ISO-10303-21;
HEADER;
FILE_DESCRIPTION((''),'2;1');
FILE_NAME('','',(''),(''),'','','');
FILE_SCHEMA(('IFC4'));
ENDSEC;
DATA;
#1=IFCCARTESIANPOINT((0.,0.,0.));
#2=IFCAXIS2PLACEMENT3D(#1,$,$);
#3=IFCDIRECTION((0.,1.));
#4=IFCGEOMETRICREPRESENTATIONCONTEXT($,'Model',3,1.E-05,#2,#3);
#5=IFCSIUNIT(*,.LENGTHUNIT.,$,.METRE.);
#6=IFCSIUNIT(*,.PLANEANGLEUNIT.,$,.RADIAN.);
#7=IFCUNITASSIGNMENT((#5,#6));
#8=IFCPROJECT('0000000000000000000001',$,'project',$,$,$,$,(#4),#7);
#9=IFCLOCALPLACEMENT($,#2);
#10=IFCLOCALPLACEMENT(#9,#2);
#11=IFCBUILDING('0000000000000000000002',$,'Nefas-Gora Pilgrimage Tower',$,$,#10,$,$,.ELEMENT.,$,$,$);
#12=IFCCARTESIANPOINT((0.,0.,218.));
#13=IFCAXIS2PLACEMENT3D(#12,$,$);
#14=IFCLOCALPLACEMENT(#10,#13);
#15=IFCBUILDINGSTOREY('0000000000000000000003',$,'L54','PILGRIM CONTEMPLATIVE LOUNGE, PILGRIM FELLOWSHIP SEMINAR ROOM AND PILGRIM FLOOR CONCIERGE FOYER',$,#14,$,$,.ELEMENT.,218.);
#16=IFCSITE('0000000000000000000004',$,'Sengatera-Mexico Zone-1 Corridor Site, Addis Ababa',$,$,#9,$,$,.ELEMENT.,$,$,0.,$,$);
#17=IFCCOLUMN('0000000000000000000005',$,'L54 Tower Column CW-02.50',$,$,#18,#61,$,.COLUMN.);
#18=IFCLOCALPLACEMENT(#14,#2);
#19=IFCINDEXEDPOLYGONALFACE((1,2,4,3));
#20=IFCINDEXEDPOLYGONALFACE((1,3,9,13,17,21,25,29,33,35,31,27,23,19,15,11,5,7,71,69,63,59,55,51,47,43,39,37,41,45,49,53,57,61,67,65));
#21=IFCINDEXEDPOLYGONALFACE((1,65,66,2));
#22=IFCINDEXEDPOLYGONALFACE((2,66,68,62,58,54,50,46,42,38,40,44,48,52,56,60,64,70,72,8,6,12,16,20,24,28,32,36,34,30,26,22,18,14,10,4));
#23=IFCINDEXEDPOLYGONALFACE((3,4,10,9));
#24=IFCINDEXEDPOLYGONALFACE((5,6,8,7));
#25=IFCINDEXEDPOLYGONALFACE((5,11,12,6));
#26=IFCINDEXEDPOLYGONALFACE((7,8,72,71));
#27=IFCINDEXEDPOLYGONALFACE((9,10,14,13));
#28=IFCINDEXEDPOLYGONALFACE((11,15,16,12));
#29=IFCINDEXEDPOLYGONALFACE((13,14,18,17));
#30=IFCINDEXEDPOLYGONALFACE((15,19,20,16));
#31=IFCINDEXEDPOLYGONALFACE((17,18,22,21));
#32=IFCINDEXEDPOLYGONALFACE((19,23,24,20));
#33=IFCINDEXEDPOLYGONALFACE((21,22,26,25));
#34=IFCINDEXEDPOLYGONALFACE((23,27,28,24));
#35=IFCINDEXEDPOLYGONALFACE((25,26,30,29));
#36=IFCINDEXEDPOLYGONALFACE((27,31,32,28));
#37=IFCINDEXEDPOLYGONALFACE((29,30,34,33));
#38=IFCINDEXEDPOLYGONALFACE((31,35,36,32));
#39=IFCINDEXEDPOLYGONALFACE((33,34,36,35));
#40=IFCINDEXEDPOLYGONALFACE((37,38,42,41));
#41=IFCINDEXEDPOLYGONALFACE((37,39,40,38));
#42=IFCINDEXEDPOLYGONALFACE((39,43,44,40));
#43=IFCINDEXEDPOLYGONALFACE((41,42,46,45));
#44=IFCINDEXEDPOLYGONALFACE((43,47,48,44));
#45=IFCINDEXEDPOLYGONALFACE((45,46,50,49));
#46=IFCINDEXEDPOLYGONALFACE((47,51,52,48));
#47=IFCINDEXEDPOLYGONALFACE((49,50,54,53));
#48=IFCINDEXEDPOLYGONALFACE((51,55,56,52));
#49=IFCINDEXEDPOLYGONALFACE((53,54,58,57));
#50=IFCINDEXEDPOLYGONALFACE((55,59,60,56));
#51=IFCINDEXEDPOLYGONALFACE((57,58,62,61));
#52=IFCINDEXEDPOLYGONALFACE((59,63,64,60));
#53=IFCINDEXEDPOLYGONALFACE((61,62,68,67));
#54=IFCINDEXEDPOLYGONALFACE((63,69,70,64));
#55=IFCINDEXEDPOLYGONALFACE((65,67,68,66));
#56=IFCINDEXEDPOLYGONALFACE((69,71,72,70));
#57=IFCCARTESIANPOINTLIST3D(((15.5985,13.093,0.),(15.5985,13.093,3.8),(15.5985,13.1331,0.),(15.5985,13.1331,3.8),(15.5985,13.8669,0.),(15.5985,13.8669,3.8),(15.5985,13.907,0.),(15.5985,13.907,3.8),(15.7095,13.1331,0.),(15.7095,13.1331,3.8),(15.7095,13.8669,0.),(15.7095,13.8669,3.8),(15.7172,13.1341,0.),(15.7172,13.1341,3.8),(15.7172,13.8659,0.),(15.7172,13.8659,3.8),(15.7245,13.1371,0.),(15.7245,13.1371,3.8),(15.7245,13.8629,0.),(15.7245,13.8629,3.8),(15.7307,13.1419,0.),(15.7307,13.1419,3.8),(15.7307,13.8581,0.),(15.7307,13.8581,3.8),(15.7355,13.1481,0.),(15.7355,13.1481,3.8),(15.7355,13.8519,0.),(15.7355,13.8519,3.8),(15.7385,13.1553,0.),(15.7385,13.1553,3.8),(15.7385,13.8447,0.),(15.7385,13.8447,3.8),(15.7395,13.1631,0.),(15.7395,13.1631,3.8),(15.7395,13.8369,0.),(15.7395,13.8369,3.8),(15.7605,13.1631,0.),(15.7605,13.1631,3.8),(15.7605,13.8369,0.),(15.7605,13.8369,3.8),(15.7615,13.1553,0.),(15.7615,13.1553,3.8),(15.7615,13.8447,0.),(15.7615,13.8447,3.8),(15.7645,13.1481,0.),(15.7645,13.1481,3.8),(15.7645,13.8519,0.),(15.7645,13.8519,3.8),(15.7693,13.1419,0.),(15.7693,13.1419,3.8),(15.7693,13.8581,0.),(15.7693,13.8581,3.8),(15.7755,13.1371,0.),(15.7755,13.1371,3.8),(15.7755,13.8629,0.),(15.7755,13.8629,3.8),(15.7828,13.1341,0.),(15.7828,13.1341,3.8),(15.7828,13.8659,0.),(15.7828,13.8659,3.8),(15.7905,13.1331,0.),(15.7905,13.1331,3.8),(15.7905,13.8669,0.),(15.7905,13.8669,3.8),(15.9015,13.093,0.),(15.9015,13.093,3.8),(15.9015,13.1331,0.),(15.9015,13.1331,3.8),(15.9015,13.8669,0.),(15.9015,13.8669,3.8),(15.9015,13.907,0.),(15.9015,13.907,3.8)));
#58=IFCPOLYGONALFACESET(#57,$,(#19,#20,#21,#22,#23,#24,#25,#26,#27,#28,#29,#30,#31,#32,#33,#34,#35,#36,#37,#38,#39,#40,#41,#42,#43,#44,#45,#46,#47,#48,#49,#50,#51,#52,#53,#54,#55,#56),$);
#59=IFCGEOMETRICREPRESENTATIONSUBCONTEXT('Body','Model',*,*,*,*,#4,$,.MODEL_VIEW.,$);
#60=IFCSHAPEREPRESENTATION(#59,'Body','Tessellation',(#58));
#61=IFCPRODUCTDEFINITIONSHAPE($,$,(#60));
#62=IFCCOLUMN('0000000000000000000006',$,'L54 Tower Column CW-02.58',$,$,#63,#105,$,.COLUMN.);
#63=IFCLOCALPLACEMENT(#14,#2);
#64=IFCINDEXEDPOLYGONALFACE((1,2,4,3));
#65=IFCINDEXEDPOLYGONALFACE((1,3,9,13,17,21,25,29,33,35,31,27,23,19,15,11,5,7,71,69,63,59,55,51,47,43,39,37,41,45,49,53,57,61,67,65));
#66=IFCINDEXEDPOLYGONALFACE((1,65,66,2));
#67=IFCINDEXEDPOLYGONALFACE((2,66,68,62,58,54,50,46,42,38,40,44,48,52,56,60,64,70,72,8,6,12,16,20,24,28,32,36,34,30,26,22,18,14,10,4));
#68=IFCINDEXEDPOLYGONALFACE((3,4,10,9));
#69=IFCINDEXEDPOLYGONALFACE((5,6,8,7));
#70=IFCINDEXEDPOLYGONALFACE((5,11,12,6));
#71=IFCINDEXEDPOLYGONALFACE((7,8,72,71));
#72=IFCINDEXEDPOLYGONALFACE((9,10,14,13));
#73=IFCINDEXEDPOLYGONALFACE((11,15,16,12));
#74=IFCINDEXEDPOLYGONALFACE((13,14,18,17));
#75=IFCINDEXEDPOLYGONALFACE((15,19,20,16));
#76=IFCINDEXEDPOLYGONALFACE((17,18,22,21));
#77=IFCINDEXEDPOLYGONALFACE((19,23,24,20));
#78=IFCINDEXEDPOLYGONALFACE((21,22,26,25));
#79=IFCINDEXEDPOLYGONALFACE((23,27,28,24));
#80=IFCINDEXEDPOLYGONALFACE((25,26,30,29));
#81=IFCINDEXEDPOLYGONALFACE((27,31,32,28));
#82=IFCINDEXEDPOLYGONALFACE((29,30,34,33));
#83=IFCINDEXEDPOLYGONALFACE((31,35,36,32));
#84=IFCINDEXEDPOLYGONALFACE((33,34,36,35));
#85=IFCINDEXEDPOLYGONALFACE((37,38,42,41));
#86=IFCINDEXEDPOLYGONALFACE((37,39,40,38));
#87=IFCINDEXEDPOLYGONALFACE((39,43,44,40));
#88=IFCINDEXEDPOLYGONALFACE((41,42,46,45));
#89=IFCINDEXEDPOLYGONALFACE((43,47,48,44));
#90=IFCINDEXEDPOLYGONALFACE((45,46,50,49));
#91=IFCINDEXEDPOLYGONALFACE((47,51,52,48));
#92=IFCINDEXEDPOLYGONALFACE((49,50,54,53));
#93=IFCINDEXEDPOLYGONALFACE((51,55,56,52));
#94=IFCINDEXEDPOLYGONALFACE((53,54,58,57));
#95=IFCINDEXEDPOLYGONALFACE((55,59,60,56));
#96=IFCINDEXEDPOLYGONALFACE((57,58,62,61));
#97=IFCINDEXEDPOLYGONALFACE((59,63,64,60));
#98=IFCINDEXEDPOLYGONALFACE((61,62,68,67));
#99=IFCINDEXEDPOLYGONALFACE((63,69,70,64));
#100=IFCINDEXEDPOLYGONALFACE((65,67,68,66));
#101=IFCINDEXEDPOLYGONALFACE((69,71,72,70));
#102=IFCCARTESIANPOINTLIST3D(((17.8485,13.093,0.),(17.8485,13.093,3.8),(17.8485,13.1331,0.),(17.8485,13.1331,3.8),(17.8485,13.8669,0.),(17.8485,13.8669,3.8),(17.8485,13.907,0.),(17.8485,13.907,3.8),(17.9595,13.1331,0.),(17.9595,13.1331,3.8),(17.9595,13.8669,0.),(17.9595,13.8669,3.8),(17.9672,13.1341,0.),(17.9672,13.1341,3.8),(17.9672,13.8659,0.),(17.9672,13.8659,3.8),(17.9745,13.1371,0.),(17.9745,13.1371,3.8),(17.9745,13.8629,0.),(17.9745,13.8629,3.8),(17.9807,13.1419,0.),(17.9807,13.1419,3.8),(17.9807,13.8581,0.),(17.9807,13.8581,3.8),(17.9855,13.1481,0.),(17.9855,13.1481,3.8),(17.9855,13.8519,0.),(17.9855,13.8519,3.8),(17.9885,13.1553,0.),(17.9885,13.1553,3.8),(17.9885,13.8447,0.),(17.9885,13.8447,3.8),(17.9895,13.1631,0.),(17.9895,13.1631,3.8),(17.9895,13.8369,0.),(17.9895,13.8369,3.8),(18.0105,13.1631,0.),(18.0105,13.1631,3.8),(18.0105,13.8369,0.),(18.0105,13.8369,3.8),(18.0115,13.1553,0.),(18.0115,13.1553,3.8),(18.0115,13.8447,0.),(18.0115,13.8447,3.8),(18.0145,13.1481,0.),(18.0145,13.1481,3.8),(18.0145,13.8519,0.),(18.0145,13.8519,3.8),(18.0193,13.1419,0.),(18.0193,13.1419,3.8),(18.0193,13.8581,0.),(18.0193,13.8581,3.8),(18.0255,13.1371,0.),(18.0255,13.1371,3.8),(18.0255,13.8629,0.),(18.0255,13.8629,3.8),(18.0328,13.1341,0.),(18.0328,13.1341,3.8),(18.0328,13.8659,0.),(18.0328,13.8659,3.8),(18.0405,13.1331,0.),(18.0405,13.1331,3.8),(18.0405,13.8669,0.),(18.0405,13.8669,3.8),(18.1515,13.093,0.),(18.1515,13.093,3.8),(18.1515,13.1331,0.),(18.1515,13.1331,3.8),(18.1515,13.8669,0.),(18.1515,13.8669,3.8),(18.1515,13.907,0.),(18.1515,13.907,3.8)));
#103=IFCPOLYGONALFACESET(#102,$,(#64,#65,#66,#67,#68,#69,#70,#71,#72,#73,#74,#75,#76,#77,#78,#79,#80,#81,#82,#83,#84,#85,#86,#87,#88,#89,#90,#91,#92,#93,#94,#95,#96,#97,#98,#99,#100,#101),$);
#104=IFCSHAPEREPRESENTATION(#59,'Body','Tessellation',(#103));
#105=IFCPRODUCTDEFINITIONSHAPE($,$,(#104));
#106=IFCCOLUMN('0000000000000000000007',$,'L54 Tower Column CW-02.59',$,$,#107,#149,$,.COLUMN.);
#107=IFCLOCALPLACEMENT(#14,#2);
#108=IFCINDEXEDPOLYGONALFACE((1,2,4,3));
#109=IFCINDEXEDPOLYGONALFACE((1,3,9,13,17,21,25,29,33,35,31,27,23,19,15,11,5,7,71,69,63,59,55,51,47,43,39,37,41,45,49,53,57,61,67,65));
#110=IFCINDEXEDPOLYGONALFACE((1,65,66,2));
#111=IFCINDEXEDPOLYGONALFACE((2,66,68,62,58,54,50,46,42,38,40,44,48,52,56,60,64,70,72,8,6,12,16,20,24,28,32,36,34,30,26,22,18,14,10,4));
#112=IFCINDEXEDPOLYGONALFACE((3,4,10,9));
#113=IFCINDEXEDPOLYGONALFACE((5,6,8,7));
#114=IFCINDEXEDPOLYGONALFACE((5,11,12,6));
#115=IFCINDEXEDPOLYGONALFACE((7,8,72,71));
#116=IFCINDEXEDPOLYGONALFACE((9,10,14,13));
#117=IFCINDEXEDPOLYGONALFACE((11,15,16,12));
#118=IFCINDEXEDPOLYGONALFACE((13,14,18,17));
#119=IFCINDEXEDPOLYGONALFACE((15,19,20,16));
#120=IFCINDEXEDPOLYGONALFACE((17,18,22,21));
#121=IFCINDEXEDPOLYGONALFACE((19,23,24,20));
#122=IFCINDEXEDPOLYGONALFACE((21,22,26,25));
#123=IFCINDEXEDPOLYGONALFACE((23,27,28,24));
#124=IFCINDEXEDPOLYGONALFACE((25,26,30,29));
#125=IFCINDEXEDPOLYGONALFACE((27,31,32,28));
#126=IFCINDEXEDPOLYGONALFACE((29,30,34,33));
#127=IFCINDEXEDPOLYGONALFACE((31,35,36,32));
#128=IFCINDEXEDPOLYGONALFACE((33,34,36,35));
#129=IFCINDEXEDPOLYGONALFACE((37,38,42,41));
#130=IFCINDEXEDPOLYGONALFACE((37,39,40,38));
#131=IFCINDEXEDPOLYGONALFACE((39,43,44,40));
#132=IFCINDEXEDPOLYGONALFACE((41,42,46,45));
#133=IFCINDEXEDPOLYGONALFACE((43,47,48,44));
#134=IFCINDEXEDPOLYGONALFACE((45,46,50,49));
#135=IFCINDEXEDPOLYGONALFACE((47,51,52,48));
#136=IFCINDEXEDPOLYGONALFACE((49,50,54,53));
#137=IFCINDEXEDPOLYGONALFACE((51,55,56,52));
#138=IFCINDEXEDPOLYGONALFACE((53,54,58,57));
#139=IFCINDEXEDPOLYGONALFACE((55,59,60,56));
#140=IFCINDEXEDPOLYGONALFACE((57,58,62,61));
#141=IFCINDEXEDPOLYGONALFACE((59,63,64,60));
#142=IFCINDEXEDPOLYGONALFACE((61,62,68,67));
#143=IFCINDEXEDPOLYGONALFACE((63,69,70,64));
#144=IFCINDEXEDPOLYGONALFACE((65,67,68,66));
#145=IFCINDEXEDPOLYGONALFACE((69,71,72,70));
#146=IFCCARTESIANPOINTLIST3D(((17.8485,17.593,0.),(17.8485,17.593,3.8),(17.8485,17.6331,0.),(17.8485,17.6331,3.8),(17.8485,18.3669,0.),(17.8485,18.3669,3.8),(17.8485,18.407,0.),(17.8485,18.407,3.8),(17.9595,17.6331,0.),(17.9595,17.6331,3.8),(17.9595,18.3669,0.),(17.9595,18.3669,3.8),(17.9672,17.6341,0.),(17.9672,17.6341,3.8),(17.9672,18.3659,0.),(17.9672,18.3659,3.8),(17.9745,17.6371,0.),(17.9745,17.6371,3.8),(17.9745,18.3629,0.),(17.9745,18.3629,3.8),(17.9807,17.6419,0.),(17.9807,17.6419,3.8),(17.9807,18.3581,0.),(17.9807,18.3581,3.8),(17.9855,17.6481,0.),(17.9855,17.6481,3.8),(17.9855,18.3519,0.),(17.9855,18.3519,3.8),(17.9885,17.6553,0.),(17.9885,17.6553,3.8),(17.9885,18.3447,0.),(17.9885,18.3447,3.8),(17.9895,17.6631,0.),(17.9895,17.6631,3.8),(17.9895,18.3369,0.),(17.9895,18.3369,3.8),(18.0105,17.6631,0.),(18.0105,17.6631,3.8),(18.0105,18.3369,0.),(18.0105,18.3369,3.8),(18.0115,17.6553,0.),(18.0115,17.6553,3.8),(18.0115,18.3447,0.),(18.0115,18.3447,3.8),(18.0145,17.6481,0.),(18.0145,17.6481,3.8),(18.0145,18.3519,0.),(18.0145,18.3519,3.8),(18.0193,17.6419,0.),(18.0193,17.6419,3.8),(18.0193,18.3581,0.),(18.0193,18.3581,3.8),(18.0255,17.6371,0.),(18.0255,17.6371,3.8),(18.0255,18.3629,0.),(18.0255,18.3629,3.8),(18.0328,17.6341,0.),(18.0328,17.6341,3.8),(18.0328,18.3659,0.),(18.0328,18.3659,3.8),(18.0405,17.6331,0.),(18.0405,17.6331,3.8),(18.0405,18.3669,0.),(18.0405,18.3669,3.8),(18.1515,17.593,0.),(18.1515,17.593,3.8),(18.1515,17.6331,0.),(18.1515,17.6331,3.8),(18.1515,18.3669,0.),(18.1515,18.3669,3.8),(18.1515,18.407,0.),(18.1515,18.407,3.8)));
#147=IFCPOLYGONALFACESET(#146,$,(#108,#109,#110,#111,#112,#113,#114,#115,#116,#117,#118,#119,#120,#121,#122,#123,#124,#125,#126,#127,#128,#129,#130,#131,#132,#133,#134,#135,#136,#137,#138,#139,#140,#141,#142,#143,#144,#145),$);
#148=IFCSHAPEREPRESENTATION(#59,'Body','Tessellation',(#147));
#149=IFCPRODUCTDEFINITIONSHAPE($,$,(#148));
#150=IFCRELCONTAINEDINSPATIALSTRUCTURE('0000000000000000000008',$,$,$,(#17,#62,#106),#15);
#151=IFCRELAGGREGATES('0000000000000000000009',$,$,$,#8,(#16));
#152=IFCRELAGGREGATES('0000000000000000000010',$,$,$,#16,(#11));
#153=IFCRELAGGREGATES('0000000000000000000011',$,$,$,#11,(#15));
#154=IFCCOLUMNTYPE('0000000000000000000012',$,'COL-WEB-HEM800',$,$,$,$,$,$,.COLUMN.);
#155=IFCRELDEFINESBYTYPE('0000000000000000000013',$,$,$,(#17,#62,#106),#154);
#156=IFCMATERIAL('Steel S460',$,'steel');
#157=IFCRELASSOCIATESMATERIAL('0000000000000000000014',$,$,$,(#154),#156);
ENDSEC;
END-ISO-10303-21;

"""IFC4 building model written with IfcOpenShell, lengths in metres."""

from ifc_helpers import new_model, si_unit, direction, frame, origin, origin_2d, place, context, subcontext, project, spatial, i_section, extrude, source, transform, mapped, material, material_profile, profile_set, type_object, element, save


model = new_model("IFC4")

# Units and contexts
model_context = context("Model", 3, precision=1e-05, world=origin(), true_north=direction((0.0, 1.0)))
body_context = subcontext(model_context, "Body", "Model", "MODEL_VIEW")
ifc_project = project(units=[si_unit("LENGTHUNIT", "METRE"), si_unit("PLANEANGLEUNIT", "RADIAN")], contexts=[model_context])

# Site, building, storey
site_placement = place(None, origin())
site = spatial("IfcSite", under=ifc_project, at=site_placement, Name="Sengatera-Mexico Zone-1 Corridor Site, Addis Ababa", CompositionType="ELEMENT", RefElevation=0.0)
building_placement = place(site_placement, origin())
building = spatial("IfcBuilding", under=site, at=building_placement, Name="Nefas-Gora Pilgrimage Tower", CompositionType="ELEMENT")
storey_placement = place(building_placement, frame((0.0, 0.0, 218.0)))
storey = spatial("IfcBuildingStorey", under=building, at=storey_placement, Name="L54", Description="PILGRIM CONTEMPLATIVE LOUNGE, PILGRIM FELLOWSHIP SEMINAR ROOM AND PILGRIM FLOOR CONCIERGE FOYER", CompositionType="ELEMENT", Elevation=218.0)

# Columns
ifc_material_1 = material(Name="Steel S460", Category="steel")
ifc_material_profile_1 = material_profile(ifc_material_1, i_section(OverallWidth=0.303, OverallDepth=0.814, WebThickness=0.021, FlangeThickness=0.04, FilletRadius=0.03, at=origin_2d()), Name="HEM 800")
ifc_profile_set_1 = profile_set([ifc_material_profile_1], Name="Steel S460")
column_type_1 = type_object("IfcColumnType", Name="COL-WEB-HEM800", PredefinedType="COLUMN", material=ifc_profile_set_1)
shared_shape_1 = source(origin(), body_context, "Body", "SweptSolid", [
    extrude(i_section(OverallWidth=0.303, OverallDepth=0.814, WebThickness=0.021, FlangeThickness=0.04, FilletRadius=0.03, at=origin_2d()), origin(), (0.0, 0.0, 1.0), 3.8),
])
for number, where, z_axis, x_axis, name in (
    (1, (15.75, 13.5, 0.0), (0.0, 0.0, 1.0), (1.0, 0.0, 0.0), "L54 Tower Column CW-02.50"),
    (2, (18.0, 13.5, 0.0), (0.0, 0.0, 1.0), (1.0, 0.0, 0.0), "L54 Tower Column CW-02.58"),
    (3, (18.0, 18.0, 0.0), (0.0, 0.0, 1.0), (1.0, 0.0, 0.0), "L54 Tower Column CW-02.59"),
):
    element("IfcColumn", number, at=place(storey_placement, frame(where, z_axis=z_axis, x_axis=x_axis)), inside=storey, type_object=column_type_1, Name=name, PredefinedType="COLUMN", context=body_context, shape_type="MappedRepresentation", body=[
        mapped(shared_shape_1, transform((0.0, 0.0, 0.0), x_axis=(1.0, 0.0, 0.0), y_axis=(0.0, 1.0, 0.0), z_axis=(0.0, 0.0, 1.0), scale=1.0)),
    ])

save(model, "model.ifc")
